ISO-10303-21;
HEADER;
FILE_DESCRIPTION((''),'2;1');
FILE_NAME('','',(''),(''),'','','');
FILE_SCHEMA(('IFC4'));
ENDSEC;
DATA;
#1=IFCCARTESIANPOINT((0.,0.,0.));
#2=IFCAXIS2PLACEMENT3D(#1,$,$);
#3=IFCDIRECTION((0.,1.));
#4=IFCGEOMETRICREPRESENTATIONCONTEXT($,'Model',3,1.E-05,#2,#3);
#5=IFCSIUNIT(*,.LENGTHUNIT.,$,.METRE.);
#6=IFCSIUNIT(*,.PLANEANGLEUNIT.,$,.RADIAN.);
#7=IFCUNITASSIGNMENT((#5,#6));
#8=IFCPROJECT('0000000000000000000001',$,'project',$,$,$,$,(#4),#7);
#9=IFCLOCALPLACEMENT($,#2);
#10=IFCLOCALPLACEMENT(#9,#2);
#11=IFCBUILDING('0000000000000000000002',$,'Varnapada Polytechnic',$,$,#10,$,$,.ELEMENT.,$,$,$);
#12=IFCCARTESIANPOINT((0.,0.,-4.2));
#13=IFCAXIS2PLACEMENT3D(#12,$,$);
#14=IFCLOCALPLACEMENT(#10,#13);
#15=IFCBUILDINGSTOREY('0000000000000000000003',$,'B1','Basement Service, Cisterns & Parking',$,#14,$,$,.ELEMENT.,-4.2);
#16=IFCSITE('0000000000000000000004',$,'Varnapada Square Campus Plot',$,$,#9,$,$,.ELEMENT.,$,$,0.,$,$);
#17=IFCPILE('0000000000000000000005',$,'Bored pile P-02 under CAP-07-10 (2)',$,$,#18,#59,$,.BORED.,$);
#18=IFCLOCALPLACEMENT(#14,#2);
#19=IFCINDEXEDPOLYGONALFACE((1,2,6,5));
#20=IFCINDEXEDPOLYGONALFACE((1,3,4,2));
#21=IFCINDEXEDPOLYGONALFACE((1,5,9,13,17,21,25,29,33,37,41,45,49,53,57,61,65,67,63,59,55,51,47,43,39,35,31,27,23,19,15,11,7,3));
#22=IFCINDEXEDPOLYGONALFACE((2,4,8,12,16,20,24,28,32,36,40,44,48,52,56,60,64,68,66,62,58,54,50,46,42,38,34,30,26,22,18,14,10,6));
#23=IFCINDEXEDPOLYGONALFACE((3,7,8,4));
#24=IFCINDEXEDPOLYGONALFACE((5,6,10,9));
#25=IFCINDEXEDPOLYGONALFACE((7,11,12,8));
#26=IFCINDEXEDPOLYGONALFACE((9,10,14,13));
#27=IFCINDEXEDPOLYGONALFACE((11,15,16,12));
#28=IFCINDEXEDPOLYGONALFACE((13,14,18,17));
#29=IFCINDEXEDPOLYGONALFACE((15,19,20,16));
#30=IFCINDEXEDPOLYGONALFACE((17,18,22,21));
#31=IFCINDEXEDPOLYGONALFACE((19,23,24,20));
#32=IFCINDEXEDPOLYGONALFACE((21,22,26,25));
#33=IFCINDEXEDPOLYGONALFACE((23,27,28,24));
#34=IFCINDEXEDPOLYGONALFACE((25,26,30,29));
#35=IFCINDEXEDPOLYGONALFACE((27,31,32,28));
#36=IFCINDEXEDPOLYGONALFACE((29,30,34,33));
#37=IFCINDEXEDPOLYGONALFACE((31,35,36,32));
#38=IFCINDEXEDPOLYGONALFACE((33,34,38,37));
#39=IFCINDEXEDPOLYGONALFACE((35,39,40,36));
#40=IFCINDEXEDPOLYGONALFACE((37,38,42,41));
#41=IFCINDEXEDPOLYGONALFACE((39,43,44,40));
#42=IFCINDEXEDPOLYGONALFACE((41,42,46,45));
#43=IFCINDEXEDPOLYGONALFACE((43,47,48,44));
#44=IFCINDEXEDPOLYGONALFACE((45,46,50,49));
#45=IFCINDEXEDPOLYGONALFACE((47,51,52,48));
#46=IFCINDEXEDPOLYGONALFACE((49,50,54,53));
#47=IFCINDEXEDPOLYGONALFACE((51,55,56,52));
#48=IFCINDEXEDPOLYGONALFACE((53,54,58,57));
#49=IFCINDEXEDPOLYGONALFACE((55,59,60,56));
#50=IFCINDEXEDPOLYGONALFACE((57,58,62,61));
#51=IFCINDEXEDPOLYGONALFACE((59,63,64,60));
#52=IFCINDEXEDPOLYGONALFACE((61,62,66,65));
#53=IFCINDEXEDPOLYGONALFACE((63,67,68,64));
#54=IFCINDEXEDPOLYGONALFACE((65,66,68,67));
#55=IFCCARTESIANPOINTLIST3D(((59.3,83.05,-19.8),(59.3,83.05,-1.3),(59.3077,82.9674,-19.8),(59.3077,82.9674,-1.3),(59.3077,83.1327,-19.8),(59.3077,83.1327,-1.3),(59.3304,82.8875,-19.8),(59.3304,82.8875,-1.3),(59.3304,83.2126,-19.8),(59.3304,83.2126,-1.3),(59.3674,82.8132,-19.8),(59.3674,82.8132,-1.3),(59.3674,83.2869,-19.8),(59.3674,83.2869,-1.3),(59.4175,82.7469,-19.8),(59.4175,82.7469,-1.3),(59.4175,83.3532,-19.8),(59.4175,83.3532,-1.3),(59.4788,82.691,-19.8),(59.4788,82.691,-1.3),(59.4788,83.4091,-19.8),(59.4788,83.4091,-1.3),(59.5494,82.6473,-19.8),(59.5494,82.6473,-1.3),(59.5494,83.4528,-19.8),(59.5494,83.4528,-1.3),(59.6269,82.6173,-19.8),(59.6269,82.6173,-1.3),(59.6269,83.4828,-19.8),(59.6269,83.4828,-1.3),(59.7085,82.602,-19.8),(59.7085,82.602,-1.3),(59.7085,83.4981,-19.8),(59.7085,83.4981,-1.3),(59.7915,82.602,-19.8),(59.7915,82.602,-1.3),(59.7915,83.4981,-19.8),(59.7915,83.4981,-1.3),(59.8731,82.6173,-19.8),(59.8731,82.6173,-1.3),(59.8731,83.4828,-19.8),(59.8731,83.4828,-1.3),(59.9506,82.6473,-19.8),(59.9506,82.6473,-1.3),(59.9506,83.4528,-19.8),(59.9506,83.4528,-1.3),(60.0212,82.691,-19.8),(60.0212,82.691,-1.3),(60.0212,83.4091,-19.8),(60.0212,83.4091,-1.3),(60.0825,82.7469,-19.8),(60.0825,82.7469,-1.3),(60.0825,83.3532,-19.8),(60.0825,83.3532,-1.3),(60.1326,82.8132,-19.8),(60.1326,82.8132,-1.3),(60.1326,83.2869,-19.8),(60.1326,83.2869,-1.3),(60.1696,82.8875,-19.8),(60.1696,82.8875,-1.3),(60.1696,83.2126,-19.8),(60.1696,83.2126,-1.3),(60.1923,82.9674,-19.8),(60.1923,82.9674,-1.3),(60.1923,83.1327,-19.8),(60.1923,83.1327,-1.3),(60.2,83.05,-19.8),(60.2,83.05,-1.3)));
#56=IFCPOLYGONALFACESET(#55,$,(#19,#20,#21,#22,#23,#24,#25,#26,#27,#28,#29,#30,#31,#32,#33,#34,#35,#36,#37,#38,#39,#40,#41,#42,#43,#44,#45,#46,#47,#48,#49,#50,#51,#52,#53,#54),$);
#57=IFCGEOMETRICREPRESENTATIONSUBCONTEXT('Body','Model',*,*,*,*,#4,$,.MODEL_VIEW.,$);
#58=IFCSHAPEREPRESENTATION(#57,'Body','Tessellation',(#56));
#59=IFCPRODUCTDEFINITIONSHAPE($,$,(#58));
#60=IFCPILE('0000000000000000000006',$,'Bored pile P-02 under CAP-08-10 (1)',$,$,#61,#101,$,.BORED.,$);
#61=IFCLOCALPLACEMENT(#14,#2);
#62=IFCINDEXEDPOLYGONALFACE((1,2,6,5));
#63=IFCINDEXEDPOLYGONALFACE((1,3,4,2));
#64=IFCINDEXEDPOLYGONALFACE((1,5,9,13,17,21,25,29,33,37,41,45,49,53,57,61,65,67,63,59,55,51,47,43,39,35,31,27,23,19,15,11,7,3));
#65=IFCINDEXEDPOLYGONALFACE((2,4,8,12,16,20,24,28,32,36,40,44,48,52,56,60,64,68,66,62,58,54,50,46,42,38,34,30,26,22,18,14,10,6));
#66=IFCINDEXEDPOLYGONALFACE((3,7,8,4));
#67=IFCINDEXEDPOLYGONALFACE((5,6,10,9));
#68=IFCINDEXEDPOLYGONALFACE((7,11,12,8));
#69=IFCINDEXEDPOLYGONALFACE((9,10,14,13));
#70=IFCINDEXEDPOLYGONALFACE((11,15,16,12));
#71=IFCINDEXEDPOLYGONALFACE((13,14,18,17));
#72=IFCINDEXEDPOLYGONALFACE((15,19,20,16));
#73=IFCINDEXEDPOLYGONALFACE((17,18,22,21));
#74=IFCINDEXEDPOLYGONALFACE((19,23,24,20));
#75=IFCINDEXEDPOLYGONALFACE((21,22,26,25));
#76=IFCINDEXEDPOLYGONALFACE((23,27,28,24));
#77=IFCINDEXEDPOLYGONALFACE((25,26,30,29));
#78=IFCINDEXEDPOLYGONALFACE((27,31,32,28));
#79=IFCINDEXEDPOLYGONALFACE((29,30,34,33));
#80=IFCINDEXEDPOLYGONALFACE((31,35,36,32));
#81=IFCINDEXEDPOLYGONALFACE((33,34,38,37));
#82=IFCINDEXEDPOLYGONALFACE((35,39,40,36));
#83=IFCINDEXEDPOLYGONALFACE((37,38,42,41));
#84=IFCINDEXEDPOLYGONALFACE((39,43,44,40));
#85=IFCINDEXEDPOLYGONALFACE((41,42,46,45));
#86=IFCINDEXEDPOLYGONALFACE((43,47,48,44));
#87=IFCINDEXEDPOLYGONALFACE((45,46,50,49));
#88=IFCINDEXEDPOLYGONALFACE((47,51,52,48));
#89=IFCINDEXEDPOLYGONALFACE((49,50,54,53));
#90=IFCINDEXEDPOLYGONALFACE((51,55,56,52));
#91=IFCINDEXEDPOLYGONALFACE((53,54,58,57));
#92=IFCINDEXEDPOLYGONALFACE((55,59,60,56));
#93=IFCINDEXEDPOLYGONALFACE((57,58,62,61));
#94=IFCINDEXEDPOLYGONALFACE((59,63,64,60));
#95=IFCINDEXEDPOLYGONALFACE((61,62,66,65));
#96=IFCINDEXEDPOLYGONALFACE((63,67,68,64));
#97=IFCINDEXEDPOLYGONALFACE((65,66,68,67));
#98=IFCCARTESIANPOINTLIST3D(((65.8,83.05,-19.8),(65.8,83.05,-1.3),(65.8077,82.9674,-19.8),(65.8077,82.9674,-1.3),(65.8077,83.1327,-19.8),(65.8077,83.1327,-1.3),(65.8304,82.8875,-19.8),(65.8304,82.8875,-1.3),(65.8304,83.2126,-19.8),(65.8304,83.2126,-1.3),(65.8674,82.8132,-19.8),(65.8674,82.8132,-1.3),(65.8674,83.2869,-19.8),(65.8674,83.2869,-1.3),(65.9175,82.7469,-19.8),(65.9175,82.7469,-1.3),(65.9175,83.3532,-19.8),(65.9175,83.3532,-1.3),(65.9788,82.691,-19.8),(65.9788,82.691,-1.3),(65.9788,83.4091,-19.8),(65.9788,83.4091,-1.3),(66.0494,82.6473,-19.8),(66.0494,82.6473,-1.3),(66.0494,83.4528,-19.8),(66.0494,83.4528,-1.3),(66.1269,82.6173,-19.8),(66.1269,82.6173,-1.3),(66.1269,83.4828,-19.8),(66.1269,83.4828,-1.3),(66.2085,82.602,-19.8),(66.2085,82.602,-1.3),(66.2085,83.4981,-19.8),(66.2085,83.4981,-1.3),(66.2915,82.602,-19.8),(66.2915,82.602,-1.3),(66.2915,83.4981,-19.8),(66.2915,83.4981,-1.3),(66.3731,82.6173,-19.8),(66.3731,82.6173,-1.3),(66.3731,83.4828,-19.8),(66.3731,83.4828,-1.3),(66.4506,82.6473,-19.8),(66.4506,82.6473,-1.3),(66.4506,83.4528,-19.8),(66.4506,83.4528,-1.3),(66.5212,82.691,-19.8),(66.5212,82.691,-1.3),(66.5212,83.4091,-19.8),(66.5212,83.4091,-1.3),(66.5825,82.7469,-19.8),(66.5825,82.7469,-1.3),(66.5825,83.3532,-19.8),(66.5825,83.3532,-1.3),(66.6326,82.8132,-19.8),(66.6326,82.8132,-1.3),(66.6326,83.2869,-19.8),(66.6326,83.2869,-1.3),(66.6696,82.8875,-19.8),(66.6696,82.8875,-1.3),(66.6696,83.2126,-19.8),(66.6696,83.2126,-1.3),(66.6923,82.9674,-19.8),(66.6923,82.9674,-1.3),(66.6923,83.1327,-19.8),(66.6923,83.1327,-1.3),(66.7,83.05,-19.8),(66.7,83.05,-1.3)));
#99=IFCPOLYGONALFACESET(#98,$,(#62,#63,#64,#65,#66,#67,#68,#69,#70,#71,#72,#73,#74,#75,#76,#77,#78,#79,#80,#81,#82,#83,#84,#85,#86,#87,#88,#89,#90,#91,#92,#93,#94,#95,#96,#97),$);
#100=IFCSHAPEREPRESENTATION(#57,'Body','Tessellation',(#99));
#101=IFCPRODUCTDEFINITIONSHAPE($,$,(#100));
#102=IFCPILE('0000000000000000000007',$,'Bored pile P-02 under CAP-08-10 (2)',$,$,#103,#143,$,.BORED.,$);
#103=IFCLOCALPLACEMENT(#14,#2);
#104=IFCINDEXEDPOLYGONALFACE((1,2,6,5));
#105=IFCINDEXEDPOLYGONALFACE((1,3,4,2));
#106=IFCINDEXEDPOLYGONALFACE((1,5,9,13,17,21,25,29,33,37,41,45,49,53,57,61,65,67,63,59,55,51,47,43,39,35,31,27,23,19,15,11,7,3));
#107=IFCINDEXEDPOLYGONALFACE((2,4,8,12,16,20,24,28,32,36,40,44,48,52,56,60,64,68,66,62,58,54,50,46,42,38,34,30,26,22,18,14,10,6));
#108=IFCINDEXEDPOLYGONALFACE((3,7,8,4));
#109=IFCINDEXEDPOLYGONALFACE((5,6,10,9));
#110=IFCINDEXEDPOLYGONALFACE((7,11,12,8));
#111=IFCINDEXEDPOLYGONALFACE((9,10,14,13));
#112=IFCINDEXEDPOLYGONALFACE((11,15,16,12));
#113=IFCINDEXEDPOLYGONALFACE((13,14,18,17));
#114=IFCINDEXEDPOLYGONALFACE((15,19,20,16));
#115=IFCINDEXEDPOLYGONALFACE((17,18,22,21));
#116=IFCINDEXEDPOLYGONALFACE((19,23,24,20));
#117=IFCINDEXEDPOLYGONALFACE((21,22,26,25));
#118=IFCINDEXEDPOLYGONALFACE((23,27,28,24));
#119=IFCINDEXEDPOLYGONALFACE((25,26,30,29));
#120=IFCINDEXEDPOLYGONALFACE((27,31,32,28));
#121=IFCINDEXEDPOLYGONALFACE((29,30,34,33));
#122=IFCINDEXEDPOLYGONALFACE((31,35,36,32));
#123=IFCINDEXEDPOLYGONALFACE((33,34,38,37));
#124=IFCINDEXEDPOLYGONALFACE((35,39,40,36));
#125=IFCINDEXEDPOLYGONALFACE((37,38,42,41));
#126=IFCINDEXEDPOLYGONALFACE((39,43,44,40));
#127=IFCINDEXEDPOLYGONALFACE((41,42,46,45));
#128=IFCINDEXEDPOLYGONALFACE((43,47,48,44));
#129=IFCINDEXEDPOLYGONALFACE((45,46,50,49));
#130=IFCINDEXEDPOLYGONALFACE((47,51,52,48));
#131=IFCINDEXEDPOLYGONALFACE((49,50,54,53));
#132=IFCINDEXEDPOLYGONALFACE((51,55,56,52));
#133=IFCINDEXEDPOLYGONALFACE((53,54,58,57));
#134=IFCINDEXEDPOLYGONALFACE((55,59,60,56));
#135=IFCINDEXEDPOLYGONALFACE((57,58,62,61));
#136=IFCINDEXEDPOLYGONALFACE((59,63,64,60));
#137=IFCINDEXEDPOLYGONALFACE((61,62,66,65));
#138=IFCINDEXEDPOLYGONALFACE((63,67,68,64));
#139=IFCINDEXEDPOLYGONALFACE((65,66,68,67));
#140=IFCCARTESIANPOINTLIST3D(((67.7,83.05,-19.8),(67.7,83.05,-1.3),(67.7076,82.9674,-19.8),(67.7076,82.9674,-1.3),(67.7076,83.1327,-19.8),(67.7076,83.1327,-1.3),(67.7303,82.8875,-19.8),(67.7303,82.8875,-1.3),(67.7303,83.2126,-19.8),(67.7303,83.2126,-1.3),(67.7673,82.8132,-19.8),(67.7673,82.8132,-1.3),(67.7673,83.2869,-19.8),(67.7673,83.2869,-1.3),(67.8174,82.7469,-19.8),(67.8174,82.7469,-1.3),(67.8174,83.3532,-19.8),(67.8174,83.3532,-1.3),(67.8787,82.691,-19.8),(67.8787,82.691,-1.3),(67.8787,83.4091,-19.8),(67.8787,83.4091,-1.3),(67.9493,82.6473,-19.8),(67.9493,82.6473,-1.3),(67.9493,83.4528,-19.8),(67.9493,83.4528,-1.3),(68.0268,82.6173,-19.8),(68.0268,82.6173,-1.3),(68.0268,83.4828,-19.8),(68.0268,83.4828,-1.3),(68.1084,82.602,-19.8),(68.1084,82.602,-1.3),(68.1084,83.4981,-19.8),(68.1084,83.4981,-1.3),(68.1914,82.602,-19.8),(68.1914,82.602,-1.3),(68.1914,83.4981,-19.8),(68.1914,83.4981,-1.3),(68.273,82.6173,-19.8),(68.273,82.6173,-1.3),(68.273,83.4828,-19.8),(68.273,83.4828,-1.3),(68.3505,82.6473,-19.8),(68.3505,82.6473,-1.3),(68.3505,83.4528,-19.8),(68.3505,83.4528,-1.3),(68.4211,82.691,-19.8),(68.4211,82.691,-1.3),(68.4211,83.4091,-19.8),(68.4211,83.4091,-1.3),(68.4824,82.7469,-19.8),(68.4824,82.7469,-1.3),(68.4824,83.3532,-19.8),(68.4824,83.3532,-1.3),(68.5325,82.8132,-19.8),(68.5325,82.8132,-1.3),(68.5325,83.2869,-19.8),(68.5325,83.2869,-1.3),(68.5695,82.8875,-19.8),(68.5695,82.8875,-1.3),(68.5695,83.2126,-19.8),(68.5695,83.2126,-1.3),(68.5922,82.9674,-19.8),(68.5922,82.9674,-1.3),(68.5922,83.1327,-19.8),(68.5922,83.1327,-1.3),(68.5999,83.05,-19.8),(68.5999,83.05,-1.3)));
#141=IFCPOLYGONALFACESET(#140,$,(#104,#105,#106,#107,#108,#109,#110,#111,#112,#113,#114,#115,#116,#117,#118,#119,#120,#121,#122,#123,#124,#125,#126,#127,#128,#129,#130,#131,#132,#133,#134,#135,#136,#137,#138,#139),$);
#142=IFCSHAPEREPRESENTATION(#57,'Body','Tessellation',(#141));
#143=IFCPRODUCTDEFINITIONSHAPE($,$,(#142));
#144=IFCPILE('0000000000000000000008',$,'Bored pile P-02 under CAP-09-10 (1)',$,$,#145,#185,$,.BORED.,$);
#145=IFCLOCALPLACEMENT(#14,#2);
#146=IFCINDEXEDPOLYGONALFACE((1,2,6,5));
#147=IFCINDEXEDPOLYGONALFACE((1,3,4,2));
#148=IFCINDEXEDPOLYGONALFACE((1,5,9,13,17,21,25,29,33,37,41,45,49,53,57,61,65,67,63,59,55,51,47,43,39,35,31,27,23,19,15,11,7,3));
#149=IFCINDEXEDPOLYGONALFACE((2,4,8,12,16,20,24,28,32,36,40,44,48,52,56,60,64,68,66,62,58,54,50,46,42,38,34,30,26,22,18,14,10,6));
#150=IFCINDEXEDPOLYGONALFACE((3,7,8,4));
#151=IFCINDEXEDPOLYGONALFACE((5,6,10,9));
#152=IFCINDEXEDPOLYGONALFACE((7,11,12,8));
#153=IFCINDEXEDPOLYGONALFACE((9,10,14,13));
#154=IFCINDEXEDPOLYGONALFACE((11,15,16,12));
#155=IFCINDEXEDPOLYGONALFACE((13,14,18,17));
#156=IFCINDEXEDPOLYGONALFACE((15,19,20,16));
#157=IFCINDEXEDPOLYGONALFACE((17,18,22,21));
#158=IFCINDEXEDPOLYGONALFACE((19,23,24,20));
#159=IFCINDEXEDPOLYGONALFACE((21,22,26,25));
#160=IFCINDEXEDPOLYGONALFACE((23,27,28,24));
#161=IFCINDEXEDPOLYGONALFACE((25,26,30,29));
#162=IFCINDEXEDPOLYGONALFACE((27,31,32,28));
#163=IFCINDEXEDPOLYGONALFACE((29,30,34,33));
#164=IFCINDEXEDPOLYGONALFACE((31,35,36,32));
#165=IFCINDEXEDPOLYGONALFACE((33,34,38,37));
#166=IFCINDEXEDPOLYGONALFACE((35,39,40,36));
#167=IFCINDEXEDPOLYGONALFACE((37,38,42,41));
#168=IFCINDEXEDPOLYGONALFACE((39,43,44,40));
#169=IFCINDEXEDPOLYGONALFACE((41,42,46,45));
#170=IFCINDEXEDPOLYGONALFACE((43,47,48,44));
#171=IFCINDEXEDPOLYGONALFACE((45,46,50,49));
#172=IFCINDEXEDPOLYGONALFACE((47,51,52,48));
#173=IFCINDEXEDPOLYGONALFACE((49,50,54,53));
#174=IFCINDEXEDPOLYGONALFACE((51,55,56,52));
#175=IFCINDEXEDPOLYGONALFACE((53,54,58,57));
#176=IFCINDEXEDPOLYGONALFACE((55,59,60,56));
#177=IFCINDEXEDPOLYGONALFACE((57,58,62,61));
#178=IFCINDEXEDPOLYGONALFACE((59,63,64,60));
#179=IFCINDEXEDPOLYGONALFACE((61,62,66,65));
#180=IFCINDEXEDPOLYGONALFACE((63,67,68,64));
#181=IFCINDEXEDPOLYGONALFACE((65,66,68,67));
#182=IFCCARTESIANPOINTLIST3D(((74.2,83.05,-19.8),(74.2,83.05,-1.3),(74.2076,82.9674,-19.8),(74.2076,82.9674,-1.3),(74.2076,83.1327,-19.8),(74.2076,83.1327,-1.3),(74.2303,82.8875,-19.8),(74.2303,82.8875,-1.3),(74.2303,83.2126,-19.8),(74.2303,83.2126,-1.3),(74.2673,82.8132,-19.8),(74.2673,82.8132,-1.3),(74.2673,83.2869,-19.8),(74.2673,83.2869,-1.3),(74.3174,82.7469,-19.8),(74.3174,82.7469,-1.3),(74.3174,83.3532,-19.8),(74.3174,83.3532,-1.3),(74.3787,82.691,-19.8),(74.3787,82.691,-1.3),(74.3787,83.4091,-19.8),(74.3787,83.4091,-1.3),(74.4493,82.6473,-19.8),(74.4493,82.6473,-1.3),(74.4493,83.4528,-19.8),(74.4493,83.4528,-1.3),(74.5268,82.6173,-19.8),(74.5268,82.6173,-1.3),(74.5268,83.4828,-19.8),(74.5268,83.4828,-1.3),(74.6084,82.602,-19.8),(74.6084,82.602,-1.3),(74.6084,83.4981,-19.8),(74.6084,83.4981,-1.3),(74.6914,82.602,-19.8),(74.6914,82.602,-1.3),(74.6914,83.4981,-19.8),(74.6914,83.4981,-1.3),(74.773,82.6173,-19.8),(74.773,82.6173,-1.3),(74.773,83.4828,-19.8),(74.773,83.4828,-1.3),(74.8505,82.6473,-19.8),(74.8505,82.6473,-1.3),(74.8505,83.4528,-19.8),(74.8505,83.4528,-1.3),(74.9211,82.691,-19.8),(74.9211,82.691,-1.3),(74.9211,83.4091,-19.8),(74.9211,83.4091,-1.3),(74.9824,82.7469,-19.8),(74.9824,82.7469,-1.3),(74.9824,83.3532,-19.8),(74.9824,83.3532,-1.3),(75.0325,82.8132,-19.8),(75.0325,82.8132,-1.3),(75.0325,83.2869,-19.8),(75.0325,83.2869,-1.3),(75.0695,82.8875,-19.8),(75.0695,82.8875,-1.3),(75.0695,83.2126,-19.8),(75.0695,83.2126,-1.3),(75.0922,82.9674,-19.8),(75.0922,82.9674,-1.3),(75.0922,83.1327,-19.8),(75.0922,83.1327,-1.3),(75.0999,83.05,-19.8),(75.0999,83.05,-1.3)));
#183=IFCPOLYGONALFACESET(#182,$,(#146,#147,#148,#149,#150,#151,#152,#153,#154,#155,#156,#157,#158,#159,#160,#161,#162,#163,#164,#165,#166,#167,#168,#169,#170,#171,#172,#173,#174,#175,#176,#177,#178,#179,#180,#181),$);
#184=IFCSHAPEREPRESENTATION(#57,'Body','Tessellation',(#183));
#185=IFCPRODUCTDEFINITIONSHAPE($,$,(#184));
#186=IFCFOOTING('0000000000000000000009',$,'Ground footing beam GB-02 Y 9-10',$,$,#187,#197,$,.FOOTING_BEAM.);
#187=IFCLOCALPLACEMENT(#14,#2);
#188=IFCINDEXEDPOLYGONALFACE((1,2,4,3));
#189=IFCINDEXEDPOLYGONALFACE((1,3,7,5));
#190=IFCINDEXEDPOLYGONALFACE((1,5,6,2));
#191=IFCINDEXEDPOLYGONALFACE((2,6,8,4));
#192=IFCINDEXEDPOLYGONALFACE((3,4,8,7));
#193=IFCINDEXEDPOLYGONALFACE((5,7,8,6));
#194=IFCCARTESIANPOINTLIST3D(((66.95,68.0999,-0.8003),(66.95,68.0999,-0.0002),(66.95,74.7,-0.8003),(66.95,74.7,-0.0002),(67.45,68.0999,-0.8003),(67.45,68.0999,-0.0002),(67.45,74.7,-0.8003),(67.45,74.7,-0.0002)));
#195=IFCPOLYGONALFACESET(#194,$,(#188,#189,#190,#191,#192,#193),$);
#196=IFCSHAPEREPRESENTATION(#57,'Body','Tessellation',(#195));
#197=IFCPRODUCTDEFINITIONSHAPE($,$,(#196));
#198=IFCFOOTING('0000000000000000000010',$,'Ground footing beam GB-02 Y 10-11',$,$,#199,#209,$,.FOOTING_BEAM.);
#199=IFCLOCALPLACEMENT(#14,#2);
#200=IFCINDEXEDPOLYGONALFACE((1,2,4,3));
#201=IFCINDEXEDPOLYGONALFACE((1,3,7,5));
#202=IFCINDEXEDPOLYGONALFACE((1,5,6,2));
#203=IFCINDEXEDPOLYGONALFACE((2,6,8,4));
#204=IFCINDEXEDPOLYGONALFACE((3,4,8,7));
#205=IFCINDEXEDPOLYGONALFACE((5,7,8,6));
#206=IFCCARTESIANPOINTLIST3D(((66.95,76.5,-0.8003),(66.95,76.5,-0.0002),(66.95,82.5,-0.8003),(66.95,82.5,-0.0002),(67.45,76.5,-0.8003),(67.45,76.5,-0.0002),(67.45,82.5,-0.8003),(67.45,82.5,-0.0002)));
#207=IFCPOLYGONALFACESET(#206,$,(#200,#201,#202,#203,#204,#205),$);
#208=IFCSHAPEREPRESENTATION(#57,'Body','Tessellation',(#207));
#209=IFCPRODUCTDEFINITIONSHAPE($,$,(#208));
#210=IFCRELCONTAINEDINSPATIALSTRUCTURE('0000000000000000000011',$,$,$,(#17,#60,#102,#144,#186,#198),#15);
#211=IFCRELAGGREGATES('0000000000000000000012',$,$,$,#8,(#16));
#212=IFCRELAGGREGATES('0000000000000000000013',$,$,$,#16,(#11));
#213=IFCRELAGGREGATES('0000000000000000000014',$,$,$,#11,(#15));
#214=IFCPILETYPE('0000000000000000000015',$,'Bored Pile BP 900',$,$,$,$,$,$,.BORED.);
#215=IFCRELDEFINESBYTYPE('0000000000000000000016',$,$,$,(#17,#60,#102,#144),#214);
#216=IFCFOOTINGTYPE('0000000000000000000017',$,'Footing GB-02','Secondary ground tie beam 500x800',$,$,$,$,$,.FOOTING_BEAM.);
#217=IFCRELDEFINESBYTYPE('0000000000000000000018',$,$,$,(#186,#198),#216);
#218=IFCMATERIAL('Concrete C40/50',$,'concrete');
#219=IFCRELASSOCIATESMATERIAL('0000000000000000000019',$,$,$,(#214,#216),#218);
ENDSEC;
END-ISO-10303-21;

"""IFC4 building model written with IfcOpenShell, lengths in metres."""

from ifc_helpers import new_model, si_unit, direction, frame, origin, origin_2d, place, context, subcontext, project, spatial, rectangle, circle, extrude, material, material_profile, profile_set, type_object, element, save


model = new_model("IFC4")

# Units and contexts
model_context = context("Model", 3, precision=1e-05, world=origin(), true_north=direction((0.0, 1.0)))
body_context = subcontext(model_context, "Body", "Model", "MODEL_VIEW")
ifc_project = project(units=[si_unit("LENGTHUNIT", "METRE"), si_unit("PLANEANGLEUNIT", "RADIAN")], contexts=[model_context])

# Site, building, storey
site_placement = place(None, origin())
site = spatial("IfcSite", under=ifc_project, at=site_placement, Name="Varnapada Square Campus Plot", CompositionType="ELEMENT", RefElevation=0.0)
building_placement = place(site_placement, origin())
building = spatial("IfcBuilding", under=site, at=building_placement, Name="Varnapada Polytechnic", CompositionType="ELEMENT")
storey_placement = place(building_placement, frame((0.0, 0.0, -4.2)))
storey = spatial("IfcBuildingStorey", under=building, at=storey_placement, Name="B1", Description="Basement Service, Cisterns & Parking", CompositionType="ELEMENT", Elevation=-4.2)

# Piles
ifc_material = material(Name="Concrete C40/50", Category="concrete")
ifc_material_profile_1 = material_profile(ifc_material, circle(Radius=0.45, at=origin_2d()), Name="BP 900")
ifc_profile_set_1 = profile_set([ifc_material_profile_1], Name="Concrete C40/50")
pile_type_1 = type_object("IfcPileType", Name="Bored Pile BP 900", PredefinedType="BORED", material=ifc_profile_set_1)
for number, where, z_axis, x_axis, name in (
    (1, (59.75, 83.05, -1.3), (0.0, 0.0, -1.0), (1.0, 0.0, 0.0), "Bored pile P-02 under CAP-07-10 (2)"),
    (2, (66.25, 83.05, -1.3), (0.0, 0.0, -1.0), (1.0, 0.0, 0.0), "Bored pile P-02 under CAP-08-10 (1)"),
    (3, (68.1499, 83.05, -1.3), (0.0, 0.0, -1.0), (1.0, 0.0, 0.0), "Bored pile P-02 under CAP-08-10 (2)"),
    (4, (74.6499, 83.05, -1.3), (0.0, 0.0, -1.0), (1.0, 0.0, 0.0), "Bored pile P-02 under CAP-09-10 (1)"),
):
    element("IfcPile", number, at=place(storey_placement, frame(where, z_axis=z_axis, x_axis=x_axis)), inside=storey, type_object=pile_type_1, Name=name, PredefinedType="BORED", context=body_context, shape_type="SweptSolid", body=[
        extrude(circle(Radius=0.45, at=origin_2d()), origin(), (0.0, 0.0, 1.0), 18.5),
    ])

# Footings
footing_type_1 = type_object("IfcFootingType", Name="Footing GB-02", Description="Secondary ground tie beam 500x800", PredefinedType="FOOTING_BEAM", material=ifc_material)
footing_1_placement = place(storey_placement, frame((67.2, 71.3999, -0.8003), z_axis=(0.0, 0.0, 1.0), x_axis=(0.0, 1.0, 0.0)))
element("IfcFooting", 5, at=footing_1_placement, inside=storey, type_object=footing_type_1, Name="Ground footing beam GB-02 Y 9-10", PredefinedType="FOOTING_BEAM", context=body_context, shape_type="SweptSolid", body=[
    extrude(rectangle(XDim=6.6001, YDim=0.5, at=origin_2d()), origin(), (0.0, 0.0, 1.0), 0.8),
])
footing_2_placement = place(storey_placement, frame((67.2, 79.5, -0.8003), z_axis=(0.0, 0.0, 1.0), x_axis=(0.0, 1.0, 0.0)))
element("IfcFooting", 6, at=footing_2_placement, inside=storey, type_object=footing_type_1, Name="Ground footing beam GB-02 Y 10-11", PredefinedType="FOOTING_BEAM", context=body_context, shape_type="SweptSolid", body=[
    extrude(rectangle(XDim=6.0, YDim=0.5, at=origin_2d()), origin(), (0.0, 0.0, 1.0), 0.8),
])

save(model, "model.ifc")
